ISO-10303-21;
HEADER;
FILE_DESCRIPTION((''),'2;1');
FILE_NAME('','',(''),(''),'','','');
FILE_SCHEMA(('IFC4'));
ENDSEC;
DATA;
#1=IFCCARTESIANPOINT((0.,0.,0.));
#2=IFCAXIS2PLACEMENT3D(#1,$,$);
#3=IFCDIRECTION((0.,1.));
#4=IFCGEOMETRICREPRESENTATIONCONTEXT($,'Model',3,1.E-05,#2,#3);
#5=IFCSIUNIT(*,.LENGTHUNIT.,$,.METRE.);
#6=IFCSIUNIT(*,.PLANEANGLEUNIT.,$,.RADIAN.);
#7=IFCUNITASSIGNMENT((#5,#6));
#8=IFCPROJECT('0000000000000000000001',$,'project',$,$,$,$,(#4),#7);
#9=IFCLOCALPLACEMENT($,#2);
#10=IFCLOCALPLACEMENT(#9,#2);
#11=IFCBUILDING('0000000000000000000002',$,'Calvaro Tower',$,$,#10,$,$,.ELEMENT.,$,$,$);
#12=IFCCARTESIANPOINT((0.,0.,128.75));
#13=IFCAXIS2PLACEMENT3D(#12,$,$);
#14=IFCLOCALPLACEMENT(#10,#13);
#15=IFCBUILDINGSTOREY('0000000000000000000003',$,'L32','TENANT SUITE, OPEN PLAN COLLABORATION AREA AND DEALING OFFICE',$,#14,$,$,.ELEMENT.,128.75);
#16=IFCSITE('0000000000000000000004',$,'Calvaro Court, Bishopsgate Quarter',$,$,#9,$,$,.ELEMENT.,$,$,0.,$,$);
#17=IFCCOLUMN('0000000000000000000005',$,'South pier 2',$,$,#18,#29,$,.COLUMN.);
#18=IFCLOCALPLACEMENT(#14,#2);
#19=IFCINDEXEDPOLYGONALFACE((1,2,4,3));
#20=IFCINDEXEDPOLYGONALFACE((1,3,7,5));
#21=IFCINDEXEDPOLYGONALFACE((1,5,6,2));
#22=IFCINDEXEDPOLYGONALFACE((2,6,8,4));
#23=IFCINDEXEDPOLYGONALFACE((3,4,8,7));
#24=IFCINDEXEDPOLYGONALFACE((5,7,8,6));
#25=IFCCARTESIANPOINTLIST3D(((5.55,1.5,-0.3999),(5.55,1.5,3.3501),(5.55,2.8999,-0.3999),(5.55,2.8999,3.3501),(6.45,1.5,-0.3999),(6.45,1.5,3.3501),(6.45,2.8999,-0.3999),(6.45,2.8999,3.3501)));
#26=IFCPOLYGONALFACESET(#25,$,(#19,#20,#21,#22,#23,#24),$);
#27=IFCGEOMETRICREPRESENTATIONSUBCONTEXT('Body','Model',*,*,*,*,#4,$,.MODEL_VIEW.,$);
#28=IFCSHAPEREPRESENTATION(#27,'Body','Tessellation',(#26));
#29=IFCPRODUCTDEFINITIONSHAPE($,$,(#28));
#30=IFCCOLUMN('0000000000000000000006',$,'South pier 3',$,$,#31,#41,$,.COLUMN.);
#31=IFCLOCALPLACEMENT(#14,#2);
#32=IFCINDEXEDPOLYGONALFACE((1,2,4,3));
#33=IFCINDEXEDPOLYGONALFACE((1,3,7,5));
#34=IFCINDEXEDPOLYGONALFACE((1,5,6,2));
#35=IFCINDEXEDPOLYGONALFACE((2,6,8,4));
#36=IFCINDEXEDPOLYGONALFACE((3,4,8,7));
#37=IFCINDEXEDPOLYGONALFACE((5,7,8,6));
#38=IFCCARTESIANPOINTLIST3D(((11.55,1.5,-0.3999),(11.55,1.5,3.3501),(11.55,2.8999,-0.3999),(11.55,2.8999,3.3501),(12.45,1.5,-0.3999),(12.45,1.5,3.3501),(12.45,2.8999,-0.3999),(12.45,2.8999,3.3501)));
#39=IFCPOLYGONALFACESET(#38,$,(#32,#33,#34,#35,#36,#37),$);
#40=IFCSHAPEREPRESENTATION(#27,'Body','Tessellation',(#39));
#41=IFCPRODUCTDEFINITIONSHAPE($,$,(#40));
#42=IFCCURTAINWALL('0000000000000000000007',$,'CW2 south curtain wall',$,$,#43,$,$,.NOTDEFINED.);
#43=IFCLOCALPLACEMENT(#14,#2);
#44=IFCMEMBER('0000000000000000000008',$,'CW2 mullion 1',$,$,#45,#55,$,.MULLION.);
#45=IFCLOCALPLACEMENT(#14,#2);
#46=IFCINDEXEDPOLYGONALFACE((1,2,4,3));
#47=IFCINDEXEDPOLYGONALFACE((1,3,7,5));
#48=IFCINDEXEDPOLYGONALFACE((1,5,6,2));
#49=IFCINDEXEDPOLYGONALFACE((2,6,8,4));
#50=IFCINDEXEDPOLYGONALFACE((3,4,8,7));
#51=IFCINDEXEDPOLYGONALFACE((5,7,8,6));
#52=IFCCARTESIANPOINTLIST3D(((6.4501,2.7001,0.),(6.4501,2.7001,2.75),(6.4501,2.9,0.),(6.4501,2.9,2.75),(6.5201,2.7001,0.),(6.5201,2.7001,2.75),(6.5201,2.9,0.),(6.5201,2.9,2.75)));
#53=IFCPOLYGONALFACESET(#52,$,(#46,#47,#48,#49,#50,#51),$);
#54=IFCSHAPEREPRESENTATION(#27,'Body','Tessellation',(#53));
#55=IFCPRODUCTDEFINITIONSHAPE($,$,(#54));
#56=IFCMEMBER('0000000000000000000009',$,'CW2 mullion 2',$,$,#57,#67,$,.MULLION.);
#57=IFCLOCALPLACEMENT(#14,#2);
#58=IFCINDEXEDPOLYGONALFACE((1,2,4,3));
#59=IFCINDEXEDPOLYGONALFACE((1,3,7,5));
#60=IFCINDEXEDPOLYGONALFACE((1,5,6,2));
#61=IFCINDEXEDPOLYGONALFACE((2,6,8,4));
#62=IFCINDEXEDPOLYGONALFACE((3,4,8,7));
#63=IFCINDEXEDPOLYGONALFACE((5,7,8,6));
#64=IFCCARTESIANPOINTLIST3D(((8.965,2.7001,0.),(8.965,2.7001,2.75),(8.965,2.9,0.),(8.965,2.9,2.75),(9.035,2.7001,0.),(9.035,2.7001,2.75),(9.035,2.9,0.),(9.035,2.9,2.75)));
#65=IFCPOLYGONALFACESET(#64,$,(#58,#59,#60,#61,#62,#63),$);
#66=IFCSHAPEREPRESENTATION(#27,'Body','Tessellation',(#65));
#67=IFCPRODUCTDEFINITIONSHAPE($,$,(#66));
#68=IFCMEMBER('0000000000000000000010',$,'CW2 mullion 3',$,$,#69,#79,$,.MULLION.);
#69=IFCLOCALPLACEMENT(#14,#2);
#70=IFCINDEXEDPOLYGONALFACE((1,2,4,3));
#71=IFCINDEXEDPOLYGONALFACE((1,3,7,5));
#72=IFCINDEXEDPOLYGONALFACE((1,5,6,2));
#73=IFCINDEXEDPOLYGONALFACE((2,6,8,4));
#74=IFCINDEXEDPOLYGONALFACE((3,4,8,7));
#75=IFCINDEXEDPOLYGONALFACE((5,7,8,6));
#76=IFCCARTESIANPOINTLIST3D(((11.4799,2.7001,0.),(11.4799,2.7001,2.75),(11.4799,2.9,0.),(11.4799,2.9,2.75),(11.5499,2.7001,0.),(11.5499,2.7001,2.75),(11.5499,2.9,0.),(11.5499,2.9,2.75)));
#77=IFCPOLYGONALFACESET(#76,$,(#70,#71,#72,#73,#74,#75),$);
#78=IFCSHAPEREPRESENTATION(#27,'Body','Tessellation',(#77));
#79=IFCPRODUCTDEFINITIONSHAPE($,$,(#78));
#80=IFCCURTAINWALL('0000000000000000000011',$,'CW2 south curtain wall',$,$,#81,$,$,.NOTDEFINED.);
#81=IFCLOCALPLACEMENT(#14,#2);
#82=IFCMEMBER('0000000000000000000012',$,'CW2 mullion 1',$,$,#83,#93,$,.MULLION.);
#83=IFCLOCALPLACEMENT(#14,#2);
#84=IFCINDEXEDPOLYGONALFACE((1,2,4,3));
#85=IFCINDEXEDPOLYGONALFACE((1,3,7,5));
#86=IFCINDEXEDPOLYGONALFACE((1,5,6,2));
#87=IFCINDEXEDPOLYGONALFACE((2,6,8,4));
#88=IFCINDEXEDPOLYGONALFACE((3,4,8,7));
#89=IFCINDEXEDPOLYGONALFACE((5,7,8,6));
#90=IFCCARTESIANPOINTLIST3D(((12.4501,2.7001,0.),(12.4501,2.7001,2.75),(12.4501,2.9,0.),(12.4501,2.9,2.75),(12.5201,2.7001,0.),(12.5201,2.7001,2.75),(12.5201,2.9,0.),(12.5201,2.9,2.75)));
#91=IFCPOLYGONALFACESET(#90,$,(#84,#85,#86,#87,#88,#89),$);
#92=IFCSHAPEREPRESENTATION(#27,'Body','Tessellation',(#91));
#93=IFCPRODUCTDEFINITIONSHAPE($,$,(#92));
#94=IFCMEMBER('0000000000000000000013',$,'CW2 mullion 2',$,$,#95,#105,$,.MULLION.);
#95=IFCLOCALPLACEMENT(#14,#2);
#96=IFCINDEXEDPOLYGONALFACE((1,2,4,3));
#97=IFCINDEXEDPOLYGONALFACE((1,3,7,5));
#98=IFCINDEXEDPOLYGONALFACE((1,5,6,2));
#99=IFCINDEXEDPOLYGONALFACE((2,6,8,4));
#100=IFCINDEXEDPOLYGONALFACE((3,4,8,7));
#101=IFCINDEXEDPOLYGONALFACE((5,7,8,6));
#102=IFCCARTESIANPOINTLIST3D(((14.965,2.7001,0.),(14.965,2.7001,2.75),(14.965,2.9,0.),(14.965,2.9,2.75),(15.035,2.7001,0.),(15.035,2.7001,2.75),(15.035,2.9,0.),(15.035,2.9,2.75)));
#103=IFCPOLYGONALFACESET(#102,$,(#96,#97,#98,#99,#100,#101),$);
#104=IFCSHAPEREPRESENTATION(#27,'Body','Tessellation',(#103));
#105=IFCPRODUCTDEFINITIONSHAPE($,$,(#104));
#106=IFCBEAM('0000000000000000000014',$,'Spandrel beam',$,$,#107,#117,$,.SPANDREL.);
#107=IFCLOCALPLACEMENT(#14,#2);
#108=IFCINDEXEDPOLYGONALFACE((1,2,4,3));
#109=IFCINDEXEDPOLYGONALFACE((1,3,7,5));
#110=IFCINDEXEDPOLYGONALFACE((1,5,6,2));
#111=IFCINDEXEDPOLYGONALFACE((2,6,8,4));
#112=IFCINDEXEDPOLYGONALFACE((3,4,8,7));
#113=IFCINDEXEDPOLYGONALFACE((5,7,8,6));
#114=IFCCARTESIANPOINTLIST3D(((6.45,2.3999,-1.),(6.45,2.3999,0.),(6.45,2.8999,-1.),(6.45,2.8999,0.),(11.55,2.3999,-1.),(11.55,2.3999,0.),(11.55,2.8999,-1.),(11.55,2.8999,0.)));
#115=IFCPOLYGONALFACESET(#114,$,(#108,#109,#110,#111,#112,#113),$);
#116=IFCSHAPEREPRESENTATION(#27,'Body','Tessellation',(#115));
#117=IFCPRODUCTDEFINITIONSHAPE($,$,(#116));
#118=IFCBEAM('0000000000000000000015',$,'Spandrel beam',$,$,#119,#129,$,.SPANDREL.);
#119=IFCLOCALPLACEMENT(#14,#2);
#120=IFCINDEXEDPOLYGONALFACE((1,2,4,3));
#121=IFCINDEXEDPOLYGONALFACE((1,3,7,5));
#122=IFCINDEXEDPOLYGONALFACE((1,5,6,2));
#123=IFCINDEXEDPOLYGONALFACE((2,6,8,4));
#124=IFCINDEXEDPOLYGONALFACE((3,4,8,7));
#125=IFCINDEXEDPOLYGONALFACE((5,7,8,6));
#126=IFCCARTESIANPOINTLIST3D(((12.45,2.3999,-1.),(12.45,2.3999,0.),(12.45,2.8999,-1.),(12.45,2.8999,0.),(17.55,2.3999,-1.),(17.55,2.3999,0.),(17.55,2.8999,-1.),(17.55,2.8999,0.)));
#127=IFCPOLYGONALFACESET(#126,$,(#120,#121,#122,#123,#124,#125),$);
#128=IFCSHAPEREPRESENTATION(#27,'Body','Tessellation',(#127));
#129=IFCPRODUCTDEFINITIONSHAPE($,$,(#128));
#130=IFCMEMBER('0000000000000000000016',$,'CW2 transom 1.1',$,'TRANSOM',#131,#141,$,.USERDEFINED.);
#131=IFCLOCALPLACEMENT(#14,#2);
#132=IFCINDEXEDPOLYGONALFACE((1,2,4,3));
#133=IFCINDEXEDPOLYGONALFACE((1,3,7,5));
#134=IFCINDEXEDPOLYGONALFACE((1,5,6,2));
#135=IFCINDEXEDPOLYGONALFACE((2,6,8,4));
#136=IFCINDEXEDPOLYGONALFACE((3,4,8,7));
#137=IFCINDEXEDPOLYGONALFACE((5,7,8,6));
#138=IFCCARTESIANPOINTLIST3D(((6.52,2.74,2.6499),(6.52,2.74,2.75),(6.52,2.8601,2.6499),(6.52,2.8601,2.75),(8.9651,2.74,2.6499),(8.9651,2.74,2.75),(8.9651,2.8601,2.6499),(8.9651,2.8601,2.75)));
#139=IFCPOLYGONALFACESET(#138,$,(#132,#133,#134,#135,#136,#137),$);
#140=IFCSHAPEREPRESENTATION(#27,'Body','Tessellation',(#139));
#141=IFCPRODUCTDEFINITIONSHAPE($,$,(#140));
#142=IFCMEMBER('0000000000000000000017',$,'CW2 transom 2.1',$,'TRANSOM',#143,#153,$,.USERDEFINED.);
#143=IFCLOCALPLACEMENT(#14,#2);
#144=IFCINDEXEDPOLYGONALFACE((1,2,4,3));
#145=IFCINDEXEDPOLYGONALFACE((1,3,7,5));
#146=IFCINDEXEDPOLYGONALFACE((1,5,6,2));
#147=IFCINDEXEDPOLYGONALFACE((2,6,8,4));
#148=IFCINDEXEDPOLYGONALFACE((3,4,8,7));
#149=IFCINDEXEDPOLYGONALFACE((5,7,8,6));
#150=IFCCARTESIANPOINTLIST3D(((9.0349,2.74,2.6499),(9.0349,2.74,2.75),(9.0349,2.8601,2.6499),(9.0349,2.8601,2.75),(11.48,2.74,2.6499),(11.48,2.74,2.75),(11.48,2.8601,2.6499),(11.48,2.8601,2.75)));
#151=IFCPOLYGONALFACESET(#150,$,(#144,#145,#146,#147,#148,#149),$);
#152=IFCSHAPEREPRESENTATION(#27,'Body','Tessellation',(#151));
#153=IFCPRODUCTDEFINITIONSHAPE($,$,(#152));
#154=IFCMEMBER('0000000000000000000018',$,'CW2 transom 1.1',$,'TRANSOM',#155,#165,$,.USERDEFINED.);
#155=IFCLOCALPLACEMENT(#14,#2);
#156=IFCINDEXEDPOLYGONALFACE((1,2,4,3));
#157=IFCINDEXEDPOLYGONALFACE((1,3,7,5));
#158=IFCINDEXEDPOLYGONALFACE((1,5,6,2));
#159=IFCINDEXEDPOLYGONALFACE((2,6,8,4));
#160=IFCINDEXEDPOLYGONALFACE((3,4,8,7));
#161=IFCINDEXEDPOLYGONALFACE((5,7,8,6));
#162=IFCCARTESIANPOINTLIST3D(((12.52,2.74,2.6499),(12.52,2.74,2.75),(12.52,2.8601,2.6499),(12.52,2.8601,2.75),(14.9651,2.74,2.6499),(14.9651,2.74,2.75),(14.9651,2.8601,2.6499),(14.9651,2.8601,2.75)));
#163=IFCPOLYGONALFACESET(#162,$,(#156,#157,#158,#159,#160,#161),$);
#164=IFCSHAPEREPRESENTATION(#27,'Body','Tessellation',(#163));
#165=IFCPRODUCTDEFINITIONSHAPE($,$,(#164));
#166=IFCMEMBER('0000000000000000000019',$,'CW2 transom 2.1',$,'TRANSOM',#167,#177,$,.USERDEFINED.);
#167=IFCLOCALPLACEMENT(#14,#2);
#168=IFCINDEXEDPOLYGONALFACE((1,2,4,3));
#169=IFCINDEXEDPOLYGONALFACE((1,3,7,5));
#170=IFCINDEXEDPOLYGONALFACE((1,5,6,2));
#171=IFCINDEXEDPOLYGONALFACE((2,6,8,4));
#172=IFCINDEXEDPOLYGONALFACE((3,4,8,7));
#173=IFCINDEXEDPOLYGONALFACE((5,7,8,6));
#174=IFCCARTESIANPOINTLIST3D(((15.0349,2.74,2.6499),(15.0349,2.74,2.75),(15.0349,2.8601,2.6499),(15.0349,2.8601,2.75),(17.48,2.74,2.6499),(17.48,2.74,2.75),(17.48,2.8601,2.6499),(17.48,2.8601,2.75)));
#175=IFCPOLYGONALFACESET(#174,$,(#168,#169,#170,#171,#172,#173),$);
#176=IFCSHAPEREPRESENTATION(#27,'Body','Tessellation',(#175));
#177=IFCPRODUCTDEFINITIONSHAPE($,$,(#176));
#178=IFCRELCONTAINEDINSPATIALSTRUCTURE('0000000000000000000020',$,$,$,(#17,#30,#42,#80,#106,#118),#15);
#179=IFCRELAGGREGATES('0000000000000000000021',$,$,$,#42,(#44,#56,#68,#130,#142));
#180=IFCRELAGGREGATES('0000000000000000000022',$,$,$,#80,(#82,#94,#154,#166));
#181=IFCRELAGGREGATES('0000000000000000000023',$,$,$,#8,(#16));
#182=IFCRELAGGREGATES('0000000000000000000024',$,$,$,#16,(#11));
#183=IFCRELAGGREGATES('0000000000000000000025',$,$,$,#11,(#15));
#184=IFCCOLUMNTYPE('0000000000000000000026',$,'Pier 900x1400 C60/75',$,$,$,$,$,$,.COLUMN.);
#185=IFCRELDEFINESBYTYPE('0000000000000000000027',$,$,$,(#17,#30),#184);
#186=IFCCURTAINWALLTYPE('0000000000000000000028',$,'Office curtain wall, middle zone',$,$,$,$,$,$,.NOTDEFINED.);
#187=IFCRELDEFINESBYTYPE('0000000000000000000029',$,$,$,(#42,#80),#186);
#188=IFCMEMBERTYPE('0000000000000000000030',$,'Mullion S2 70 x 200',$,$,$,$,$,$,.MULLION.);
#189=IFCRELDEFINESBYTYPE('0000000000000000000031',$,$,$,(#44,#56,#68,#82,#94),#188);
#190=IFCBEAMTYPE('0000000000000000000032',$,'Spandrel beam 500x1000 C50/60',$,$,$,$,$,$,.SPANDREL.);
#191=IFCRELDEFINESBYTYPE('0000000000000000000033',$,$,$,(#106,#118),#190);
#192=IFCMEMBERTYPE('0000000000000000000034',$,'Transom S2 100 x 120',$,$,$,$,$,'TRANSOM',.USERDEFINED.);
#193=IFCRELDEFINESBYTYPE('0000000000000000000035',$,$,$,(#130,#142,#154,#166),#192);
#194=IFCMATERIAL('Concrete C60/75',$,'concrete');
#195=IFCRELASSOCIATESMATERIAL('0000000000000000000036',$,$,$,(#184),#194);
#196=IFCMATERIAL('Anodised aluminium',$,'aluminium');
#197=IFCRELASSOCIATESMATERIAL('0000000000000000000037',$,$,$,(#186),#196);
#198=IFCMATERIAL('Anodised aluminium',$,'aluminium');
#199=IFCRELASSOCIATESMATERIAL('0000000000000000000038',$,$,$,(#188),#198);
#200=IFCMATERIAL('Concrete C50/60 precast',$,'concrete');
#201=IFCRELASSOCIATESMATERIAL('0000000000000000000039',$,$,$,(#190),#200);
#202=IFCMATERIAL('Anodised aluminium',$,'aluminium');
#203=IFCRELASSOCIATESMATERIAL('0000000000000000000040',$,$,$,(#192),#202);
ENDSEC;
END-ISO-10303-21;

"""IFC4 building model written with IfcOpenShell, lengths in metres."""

from ifc_helpers import new_model, si_unit, direction, frame, origin, origin_2d, place, context, subcontext, project, spatial, rectangle, extrude, material, material_profile, profile_set, type_object, element, aggregate, save


model = new_model("IFC4")

# Units and contexts
model_context = context("Model", 3, precision=1e-05, world=origin(), true_north=direction((0.0, 1.0)))
body_context = subcontext(model_context, "Body", "Model", "MODEL_VIEW")
ifc_project = project(units=[si_unit("LENGTHUNIT", "METRE"), si_unit("PLANEANGLEUNIT", "RADIAN")], contexts=[model_context])

# Site, building, storey
site_placement = place(None, origin())
site = spatial("IfcSite", under=ifc_project, at=site_placement, Name="Calvaro Court, Bishopsgate Quarter", CompositionType="ELEMENT", RefElevation=0.0)
building_placement = place(site_placement, origin())
building = spatial("IfcBuilding", under=site, at=building_placement, Name="Calvaro Tower", CompositionType="ELEMENT")
storey_placement = place(building_placement, frame((0.0, 0.0, 128.75)))
storey = spatial("IfcBuildingStorey", under=building, at=storey_placement, Name="L32", Description="TENANT SUITE, OPEN PLAN COLLABORATION AREA AND DEALING OFFICE", CompositionType="ELEMENT", Elevation=128.75)

# Columns
ifc_material_1 = material(Name="Concrete C60/75", Category="concrete")
ifc_material_profile_1 = material_profile(ifc_material_1, rectangle(XDim=0.8999, YDim=1.3999, at=origin_2d()), Name="RC 900x1400")
ifc_profile_set_1 = profile_set([ifc_material_profile_1], Name="Concrete C60/75")
column_type = type_object("IfcColumnType", Name="Pier 900x1400 C60/75", PredefinedType="COLUMN", material=ifc_profile_set_1)
for number, where, z_axis, x_axis, name in (
    (1, (6.0, 2.2, -0.3999), (0.0, 0.0, 1.0), (1.0, 0.0, 0.0), "South pier 2"),
    (2, (12.0, 2.2, -0.3999), (0.0, 0.0, 1.0), (1.0, 0.0, 0.0), "South pier 3"),
):
    element("IfcColumn", number, at=place(storey_placement, frame(where, z_axis=z_axis, x_axis=x_axis)), inside=storey, type_object=column_type, Name=name, PredefinedType="COLUMN", context=body_context, shape_type="SweptSolid", body=[
        extrude(rectangle(XDim=0.8999, YDim=1.3999, at=origin_2d()), origin(), (0.0, 0.0, 1.0), 3.75),
    ])

# Curtain walls, members
ifc_material_2 = material(Name="Anodised aluminium", Category="aluminium")
curtain_wall_type = type_object("IfcCurtainWallType", Name="Office curtain wall, middle zone", PredefinedType="NOTDEFINED", material=ifc_material_2)
curtain_wall_1_placement = place(storey_placement, origin())
curtain_wall_1 = element("IfcCurtainWall", 3, at=curtain_wall_1_placement, inside=storey, type_object=curtain_wall_type, Name="CW2 south curtain wall", PredefinedType="NOTDEFINED")
ifc_material_3 = material(Name="Anodised aluminium", Category="aluminium")
ifc_material_profile_2 = material_profile(ifc_material_3, rectangle(XDim=0.2, YDim=0.0701, at=origin_2d()), Name="Mullion S2 70 x 200")
ifc_profile_set_2 = profile_set([ifc_material_profile_2], Name="Anodised aluminium")
member_type_1 = type_object("IfcMemberType", Name="Mullion S2 70 x 200", PredefinedType="MULLION", material=ifc_profile_set_2)
member_1_placement = place(storey_placement, frame((6.4851, 2.8, 0.0), z_axis=(0.0, 0.0, 1.0), x_axis=(0.0, 1.0, 0.0)))
member_1 = element("IfcMember", 4, at=member_1_placement, type_object=member_type_1, Name="CW2 mullion 1", PredefinedType="MULLION", context=body_context, shape_type="SweptSolid", body=[
    extrude(rectangle(XDim=0.2, YDim=0.0701, at=origin_2d()), origin(), (0.0, 0.0, 1.0), 2.75),
])
member_2_placement = place(storey_placement, frame((9.0, 2.8, 0.0), z_axis=(0.0, 0.0, 1.0), x_axis=(0.0, 1.0, 0.0)))
member_2 = element("IfcMember", 5, at=member_2_placement, type_object=member_type_1, Name="CW2 mullion 2", PredefinedType="MULLION", context=body_context, shape_type="SweptSolid", body=[
    extrude(rectangle(XDim=0.2, YDim=0.0701, at=origin_2d()), origin(), (0.0, 0.0, 1.0), 2.75),
])
member_3_placement = place(storey_placement, frame((11.5149, 2.8, 0.0), z_axis=(0.0, 0.0, 1.0), x_axis=(0.0, 1.0, 0.0)))
member_3 = element("IfcMember", 6, at=member_3_placement, type_object=member_type_1, Name="CW2 mullion 3", PredefinedType="MULLION", context=body_context, shape_type="SweptSolid", body=[
    extrude(rectangle(XDim=0.2, YDim=0.0701, at=origin_2d()), origin(), (0.0, 0.0, 1.0), 2.75),
])
curtain_wall_2_placement = place(storey_placement, origin())
curtain_wall_2 = element("IfcCurtainWall", 7, at=curtain_wall_2_placement, inside=storey, type_object=curtain_wall_type, Name="CW2 south curtain wall", PredefinedType="NOTDEFINED")
member_4_placement = place(storey_placement, frame((12.4851, 2.8, 0.0), z_axis=(0.0, 0.0, 1.0), x_axis=(0.0, 1.0, 0.0)))
member_4 = element("IfcMember", 8, at=member_4_placement, type_object=member_type_1, Name="CW2 mullion 1", PredefinedType="MULLION", context=body_context, shape_type="SweptSolid", body=[
    extrude(rectangle(XDim=0.2, YDim=0.0701, at=origin_2d()), origin(), (0.0, 0.0, 1.0), 2.75),
])
member_5_placement = place(storey_placement, frame((15.0, 2.8, 0.0), z_axis=(0.0, 0.0, 1.0), x_axis=(0.0, 1.0, 0.0)))
member_5 = element("IfcMember", 9, at=member_5_placement, type_object=member_type_1, Name="CW2 mullion 2", PredefinedType="MULLION", context=body_context, shape_type="SweptSolid", body=[
    extrude(rectangle(XDim=0.2, YDim=0.0701, at=origin_2d()), origin(), (0.0, 0.0, 1.0), 2.75),
])

# Beams
ifc_material_4 = material(Name="Concrete C50/60 precast", Category="concrete")
ifc_material_profile_3 = material_profile(ifc_material_4, rectangle(XDim=0.5, YDim=1.0, at=origin_2d()), Name="RC 500x1000")
ifc_profile_set_3 = profile_set([ifc_material_profile_3], Name="Concrete C50/60 precast")
beam_type = type_object("IfcBeamType", Name="Spandrel beam 500x1000 C50/60", PredefinedType="SPANDREL", material=ifc_profile_set_3)
for number, where, z_axis, x_axis, name in (
    (10, (6.45, 2.6499, -0.5), (1.0, 0.0, 0.0), (0.0, 1.0, 0.0), "Spandrel beam"),
    (11, (12.45, 2.6499, -0.5), (1.0, 0.0, 0.0), (0.0, 1.0, 0.0), "Spandrel beam"),
):
    element("IfcBeam", number, at=place(storey_placement, frame(where, z_axis=z_axis, x_axis=x_axis)), inside=storey, type_object=beam_type, Name=name, PredefinedType="SPANDREL", context=body_context, shape_type="SweptSolid", body=[
        extrude(rectangle(XDim=0.5, YDim=1.0, at=origin_2d()), origin(), (0.0, 0.0, 1.0), 5.1001),
    ])

# Members
ifc_material_5 = material(Name="Anodised aluminium", Category="aluminium")
ifc_material_profile_4 = material_profile(ifc_material_5, rectangle(XDim=0.1201, YDim=0.1001, at=origin_2d()), Name="Transom S2 100 x 120")
ifc_profile_set_4 = profile_set([ifc_material_profile_4], Name="Anodised aluminium")
member_type_2 = type_object("IfcMemberType", Name="Transom S2 100 x 120", ElementType="TRANSOM", PredefinedType="USERDEFINED", material=ifc_profile_set_4)
member_6_placement = place(storey_placement, frame((6.52, 2.8, 2.7), z_axis=(1.0, 0.0, 0.0), x_axis=(0.0, 1.0, 0.0)))
member_6 = element("IfcMember", 12, at=member_6_placement, type_object=member_type_2, Name="CW2 transom 1.1", ObjectType="TRANSOM", PredefinedType="USERDEFINED", context=body_context, shape_type="SweptSolid", body=[
    extrude(rectangle(XDim=0.1201, YDim=0.1001, at=origin_2d()), origin(), (0.0, 0.0, 1.0), 2.4451),
])
member_7_placement = place(storey_placement, frame((9.0349, 2.8, 2.7), z_axis=(1.0, 0.0, 0.0), x_axis=(0.0, 1.0, 0.0)))
member_7 = element("IfcMember", 13, at=member_7_placement, type_object=member_type_2, Name="CW2 transom 2.1", ObjectType="TRANSOM", PredefinedType="USERDEFINED", context=body_context, shape_type="SweptSolid", body=[
    extrude(rectangle(XDim=0.1201, YDim=0.1001, at=origin_2d()), origin(), (0.0, 0.0, 1.0), 2.4451),
])
member_8_placement = place(storey_placement, frame((12.52, 2.8, 2.7), z_axis=(1.0, 0.0, 0.0), x_axis=(0.0, 1.0, 0.0)))
member_8 = element("IfcMember", 14, at=member_8_placement, type_object=member_type_2, Name="CW2 transom 1.1", ObjectType="TRANSOM", PredefinedType="USERDEFINED", context=body_context, shape_type="SweptSolid", body=[
    extrude(rectangle(XDim=0.1201, YDim=0.1001, at=origin_2d()), origin(), (0.0, 0.0, 1.0), 2.4451),
])
member_9_placement = place(storey_placement, frame((15.0349, 2.8, 2.7), z_axis=(1.0, 0.0, 0.0), x_axis=(0.0, 1.0, 0.0)))
member_9 = element("IfcMember", 15, at=member_9_placement, type_object=member_type_2, Name="CW2 transom 2.1", ObjectType="TRANSOM", PredefinedType="USERDEFINED", context=body_context, shape_type="SweptSolid", body=[
    extrude(rectangle(XDim=0.1201, YDim=0.1001, at=origin_2d()), origin(), (0.0, 0.0, 1.0), 2.4451),
])

aggregate(curtain_wall_1, [member_1, member_2, member_3, member_6, member_7])
aggregate(curtain_wall_2, [member_4, member_5, member_8, member_9])

save(model, "model.ifc")
